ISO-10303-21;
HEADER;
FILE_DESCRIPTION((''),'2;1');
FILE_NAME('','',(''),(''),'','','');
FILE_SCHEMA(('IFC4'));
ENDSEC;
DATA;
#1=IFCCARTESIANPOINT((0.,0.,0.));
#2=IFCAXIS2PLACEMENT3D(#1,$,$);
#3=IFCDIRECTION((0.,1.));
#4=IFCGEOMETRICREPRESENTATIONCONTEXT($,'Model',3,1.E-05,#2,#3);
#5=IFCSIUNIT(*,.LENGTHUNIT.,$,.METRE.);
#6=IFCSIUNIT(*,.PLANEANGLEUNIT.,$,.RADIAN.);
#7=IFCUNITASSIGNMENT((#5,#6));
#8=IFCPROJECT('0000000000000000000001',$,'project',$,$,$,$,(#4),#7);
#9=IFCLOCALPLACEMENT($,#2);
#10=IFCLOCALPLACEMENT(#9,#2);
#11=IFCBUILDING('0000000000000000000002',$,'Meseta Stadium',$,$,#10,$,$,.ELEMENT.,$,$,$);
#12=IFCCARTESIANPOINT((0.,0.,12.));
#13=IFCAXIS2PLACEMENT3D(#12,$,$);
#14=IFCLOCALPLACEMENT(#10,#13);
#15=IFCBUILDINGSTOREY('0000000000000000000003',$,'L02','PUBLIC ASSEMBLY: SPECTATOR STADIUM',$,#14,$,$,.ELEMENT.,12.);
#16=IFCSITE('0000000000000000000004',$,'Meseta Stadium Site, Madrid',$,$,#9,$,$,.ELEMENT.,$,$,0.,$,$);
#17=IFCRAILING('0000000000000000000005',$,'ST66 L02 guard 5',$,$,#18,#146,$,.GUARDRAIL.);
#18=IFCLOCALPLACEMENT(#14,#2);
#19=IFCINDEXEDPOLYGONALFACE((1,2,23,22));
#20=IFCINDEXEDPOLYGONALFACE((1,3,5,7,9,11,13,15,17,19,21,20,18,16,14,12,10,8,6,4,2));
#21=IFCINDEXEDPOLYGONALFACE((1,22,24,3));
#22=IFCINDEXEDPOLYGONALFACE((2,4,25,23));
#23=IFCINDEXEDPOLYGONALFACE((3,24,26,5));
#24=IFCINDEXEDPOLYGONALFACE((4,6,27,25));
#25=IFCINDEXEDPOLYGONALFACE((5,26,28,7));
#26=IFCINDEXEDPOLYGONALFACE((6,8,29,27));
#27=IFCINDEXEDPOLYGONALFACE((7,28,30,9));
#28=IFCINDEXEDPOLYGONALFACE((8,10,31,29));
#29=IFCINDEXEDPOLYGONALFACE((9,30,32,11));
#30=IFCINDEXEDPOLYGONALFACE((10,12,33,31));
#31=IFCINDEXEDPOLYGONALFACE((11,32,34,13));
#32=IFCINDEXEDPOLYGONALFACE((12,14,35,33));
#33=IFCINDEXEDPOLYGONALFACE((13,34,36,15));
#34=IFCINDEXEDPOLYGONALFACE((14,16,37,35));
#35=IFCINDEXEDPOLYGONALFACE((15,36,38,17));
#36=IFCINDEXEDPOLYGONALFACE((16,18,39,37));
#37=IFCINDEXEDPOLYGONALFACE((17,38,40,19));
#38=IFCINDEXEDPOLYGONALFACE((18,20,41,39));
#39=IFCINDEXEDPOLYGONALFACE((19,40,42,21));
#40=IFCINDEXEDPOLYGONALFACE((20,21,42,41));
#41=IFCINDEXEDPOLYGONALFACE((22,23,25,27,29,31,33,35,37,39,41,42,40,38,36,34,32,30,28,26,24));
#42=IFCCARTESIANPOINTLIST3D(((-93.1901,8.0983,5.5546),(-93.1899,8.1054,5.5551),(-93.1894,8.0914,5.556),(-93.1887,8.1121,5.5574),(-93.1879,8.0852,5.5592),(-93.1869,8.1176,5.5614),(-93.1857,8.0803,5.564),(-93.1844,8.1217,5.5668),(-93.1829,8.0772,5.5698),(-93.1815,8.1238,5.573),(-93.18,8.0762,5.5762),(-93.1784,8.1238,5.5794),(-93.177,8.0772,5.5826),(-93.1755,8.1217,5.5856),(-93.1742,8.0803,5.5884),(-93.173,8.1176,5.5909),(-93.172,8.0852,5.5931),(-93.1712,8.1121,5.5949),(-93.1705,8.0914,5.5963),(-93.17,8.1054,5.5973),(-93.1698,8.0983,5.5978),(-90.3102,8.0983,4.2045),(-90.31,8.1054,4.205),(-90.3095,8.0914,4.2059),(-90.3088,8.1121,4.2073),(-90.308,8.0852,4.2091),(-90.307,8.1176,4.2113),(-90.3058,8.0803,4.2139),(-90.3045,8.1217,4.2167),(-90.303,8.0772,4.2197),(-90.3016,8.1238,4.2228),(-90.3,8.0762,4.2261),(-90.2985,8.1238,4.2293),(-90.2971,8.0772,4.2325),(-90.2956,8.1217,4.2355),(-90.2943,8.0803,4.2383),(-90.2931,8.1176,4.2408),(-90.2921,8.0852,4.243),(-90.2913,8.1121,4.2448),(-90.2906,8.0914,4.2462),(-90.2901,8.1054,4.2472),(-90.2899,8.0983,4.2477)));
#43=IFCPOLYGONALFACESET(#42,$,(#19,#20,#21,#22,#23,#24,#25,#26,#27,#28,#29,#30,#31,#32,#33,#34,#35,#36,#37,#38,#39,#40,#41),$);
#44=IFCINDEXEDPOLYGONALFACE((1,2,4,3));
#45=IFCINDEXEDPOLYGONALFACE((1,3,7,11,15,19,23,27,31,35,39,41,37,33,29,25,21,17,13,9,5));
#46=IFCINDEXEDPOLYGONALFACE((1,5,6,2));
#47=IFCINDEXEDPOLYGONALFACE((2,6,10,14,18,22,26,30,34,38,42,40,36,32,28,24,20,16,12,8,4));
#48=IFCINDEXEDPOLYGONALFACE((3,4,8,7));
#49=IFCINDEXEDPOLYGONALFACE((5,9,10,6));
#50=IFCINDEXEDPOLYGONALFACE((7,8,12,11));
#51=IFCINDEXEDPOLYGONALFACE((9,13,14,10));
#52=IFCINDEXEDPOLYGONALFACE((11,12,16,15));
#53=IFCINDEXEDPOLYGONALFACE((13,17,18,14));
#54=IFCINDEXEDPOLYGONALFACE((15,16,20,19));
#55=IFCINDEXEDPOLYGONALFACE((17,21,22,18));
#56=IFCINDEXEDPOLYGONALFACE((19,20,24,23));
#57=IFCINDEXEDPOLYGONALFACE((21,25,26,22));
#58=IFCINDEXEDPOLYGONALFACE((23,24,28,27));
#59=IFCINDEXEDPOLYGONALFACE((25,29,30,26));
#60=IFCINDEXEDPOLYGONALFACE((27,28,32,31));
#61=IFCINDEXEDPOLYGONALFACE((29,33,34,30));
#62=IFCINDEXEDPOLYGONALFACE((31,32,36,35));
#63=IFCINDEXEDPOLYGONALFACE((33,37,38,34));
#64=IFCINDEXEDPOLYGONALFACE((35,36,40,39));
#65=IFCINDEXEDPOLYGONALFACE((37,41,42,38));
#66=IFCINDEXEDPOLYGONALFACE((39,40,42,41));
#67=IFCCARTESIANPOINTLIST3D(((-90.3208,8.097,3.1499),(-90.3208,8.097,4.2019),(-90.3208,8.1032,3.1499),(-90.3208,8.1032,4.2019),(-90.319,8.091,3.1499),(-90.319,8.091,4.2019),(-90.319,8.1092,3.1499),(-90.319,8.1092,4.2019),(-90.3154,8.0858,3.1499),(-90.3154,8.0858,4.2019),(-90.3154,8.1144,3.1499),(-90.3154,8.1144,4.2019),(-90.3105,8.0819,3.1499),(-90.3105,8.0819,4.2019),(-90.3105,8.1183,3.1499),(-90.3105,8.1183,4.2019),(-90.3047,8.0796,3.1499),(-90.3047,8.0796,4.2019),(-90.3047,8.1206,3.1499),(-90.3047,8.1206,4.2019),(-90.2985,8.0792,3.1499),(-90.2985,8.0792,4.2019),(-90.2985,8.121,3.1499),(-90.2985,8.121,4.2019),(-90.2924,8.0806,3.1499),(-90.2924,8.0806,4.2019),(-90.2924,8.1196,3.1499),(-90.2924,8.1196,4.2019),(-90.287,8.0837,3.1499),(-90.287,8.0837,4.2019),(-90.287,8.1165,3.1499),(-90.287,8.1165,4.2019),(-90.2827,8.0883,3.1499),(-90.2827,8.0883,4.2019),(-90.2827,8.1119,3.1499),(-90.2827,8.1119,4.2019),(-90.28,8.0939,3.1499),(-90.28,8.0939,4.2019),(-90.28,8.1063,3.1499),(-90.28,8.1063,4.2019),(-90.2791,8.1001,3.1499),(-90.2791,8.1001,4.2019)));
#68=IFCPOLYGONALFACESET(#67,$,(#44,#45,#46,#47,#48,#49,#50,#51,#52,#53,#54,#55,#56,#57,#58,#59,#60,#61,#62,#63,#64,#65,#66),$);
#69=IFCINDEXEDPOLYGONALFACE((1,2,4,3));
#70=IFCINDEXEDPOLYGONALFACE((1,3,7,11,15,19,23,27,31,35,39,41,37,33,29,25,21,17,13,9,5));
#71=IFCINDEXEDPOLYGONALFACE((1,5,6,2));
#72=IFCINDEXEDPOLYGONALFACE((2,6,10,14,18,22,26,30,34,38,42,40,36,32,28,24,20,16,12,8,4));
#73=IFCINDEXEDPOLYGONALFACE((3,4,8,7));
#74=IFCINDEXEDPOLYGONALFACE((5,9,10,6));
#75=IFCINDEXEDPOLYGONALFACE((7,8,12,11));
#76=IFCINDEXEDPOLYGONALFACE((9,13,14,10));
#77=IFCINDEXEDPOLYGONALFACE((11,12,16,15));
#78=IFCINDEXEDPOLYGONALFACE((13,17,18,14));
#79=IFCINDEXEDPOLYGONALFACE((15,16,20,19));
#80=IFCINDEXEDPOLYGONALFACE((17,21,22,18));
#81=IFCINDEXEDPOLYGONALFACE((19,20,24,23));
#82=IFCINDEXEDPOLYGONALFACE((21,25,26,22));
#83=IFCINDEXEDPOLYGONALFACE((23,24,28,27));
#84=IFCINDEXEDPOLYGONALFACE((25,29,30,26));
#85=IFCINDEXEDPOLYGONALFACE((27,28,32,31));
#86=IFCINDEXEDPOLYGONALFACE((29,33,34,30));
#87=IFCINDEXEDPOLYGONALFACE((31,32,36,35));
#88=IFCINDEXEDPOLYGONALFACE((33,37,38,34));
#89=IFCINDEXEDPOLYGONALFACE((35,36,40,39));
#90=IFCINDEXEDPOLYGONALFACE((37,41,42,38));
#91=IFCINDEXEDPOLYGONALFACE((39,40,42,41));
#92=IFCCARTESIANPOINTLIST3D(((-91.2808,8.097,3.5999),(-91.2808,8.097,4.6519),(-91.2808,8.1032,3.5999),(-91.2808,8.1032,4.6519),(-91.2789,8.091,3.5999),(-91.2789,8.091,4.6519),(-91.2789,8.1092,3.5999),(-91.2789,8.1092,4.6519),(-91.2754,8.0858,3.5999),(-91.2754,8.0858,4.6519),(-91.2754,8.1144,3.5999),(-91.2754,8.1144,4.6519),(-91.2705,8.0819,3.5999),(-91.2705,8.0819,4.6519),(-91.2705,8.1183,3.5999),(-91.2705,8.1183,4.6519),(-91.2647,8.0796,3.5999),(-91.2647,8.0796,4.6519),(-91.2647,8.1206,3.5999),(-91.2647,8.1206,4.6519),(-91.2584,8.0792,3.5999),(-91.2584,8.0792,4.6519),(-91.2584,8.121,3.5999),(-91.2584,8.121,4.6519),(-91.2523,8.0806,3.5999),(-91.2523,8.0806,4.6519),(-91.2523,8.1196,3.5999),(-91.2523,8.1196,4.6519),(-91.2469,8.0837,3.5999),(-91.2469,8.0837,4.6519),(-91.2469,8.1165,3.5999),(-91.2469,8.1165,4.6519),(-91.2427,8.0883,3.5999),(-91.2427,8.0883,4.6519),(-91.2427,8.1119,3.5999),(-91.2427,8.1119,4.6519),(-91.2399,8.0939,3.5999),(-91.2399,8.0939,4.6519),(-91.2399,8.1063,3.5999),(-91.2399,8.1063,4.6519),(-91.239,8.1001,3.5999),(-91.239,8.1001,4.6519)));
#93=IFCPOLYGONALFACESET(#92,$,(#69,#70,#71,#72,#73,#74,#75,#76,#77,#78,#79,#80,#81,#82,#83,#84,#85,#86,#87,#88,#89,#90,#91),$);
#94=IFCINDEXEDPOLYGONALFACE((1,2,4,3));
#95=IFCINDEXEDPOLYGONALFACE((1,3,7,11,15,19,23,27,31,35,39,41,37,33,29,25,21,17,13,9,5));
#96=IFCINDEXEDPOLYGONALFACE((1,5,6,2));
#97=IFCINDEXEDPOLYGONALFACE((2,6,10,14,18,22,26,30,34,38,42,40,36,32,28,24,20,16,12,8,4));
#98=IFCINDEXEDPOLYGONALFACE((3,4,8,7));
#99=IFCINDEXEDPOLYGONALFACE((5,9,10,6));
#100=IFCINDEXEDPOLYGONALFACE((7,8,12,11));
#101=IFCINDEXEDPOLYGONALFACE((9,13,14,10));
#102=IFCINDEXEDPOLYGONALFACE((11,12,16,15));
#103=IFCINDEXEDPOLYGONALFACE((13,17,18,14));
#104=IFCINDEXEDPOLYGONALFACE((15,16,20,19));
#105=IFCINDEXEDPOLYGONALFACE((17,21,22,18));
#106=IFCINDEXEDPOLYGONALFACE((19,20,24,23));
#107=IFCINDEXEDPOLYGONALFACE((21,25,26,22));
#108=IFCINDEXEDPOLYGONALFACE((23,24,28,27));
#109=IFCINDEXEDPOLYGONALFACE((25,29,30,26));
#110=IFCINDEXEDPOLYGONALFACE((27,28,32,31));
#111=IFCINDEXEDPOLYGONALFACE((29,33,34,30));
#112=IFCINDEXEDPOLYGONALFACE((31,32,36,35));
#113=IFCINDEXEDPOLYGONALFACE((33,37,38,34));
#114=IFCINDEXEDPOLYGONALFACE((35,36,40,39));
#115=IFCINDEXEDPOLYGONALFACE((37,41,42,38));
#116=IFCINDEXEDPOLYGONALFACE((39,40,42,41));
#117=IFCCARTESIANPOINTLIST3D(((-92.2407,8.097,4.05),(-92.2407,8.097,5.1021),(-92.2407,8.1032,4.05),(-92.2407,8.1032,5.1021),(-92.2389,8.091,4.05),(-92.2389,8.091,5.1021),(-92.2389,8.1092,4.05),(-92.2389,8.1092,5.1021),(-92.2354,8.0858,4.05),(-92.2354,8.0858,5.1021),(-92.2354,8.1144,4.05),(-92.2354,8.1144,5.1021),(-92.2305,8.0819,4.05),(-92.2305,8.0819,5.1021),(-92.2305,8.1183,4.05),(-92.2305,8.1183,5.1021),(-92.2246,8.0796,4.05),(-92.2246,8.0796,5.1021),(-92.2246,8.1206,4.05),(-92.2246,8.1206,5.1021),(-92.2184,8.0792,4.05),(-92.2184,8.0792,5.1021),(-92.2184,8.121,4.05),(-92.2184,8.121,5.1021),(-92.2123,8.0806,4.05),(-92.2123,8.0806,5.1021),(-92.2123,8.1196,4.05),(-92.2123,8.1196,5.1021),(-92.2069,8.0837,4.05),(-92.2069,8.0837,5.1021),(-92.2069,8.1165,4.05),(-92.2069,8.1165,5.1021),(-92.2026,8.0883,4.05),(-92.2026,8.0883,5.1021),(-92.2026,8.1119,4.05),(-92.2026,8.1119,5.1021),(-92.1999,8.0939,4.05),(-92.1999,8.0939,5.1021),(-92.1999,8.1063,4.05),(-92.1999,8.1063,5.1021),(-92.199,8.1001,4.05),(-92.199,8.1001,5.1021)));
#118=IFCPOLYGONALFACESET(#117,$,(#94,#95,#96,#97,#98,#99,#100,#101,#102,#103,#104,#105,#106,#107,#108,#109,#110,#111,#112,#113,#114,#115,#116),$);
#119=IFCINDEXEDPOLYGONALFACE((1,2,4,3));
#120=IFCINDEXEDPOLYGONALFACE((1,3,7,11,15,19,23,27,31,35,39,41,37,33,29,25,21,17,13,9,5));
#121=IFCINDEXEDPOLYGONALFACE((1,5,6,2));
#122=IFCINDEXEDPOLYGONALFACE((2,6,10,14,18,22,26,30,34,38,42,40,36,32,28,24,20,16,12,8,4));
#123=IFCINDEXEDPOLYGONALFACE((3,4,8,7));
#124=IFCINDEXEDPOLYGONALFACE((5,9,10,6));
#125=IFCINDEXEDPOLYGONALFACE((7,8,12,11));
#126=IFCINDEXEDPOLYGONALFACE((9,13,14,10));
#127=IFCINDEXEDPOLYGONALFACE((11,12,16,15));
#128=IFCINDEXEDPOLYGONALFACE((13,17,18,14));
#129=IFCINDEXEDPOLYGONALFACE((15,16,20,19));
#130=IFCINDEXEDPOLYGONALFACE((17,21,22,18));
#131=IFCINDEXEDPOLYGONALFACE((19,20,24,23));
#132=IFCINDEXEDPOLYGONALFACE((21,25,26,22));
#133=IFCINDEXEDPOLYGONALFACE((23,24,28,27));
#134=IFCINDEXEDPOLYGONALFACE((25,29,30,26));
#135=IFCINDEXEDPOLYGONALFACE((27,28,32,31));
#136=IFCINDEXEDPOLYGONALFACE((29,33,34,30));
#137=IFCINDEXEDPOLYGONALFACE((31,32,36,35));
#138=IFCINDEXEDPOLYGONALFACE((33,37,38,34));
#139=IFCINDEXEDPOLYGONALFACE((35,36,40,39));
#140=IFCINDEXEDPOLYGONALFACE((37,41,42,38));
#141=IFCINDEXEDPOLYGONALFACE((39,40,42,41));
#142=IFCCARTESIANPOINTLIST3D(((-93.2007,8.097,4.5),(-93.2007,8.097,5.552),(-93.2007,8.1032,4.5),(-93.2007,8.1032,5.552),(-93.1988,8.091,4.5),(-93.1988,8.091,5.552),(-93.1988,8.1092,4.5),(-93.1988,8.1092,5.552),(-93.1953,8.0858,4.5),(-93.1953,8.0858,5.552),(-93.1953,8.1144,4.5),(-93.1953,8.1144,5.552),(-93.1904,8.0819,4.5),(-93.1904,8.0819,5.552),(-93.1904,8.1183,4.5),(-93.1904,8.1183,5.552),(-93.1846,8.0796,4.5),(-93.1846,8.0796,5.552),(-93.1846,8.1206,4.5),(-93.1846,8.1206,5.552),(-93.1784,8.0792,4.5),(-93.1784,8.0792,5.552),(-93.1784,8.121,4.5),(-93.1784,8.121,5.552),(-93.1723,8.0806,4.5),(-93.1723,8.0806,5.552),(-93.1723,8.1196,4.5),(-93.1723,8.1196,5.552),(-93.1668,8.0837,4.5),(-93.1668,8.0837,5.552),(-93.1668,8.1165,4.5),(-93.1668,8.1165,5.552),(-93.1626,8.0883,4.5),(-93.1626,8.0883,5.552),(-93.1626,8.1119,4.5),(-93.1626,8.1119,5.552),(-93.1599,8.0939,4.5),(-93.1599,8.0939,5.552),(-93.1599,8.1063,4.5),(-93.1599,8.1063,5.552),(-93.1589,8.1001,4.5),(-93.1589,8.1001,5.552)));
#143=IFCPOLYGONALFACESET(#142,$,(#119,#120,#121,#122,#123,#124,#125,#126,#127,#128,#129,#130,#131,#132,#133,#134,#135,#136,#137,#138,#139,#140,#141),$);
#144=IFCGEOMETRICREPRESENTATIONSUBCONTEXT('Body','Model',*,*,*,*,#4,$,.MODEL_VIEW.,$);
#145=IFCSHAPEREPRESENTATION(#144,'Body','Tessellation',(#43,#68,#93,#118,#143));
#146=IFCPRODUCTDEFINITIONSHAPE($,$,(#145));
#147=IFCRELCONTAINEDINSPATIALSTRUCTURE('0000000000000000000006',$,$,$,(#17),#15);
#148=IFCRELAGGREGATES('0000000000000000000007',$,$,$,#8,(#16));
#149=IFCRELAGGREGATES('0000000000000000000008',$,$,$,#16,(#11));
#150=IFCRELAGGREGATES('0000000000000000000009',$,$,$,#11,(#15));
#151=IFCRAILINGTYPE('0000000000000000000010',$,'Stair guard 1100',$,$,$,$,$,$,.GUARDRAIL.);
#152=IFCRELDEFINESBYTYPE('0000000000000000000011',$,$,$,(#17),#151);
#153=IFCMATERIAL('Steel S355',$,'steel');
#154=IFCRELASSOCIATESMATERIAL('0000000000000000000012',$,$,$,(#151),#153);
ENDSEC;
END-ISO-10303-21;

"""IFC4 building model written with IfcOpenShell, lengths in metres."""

from ifc_helpers import new_model, si_unit, direction, frame, origin, origin_2d, place, context, subcontext, project, spatial, circle, extrude, material, type_object, element, save


model = new_model("IFC4")

# Units and contexts
model_context = context("Model", 3, precision=1e-05, world=origin(), true_north=direction((0.0, 1.0)))
body_context = subcontext(model_context, "Body", "Model", "MODEL_VIEW")
ifc_project = project(units=[si_unit("LENGTHUNIT", "METRE"), si_unit("PLANEANGLEUNIT", "RADIAN")], contexts=[model_context])

# Site, building, storey
site_placement = place(None, origin())
site = spatial("IfcSite", under=ifc_project, at=site_placement, Name="Meseta Stadium Site, Madrid", CompositionType="ELEMENT", RefElevation=0.0)
building_placement = place(site_placement, origin())
building = spatial("IfcBuilding", under=site, at=building_placement, Name="Meseta Stadium", CompositionType="ELEMENT")
storey_placement = place(building_placement, frame((0.0, 0.0, 12.0)))
storey = spatial("IfcBuildingStorey", under=building, at=storey_placement, Name="L02", Description="PUBLIC ASSEMBLY: SPECTATOR STADIUM", CompositionType="ELEMENT", Elevation=12.0)

# Railing
ifc_material_1 = material(Name="Steel S355", Category="steel")
railing_type_1 = type_object("IfcRailingType", Name="Stair guard 1100", PredefinedType="GUARDRAIL", material=ifc_material_1)
railing_1_placement = place(storey_placement, frame((-90.3, 8.1001, 3.1499)))
element("IfcRailing", 1, at=railing_1_placement, inside=storey, type_object=railing_type_1, Name="ST66 L02 guard 5", PredefinedType="GUARDRAIL", context=body_context, shape_type="SweptSolid", body=[
    extrude(circle(Radius=0.0239, at=origin_2d()), frame((0.0, 0.0, 1.0762), z_axis=(-0.90544, 0.0, 0.424473), x_axis=(0.0, -1.0, 0.0)), (0.0, 0.0, 1.0), 3.1807),
    extrude(circle(Radius=0.021, at=origin_2d()), origin(), (0.0, 0.0, 1.0), 1.052),
    extrude(circle(Radius=0.021, at=origin_2d()), frame((-0.96, 0.0, 0.45)), (0.0, 0.0, 1.0), 1.052),
    extrude(circle(Radius=0.021, at=origin_2d()), frame((-1.9199, 0.0, 0.9001)), (0.0, 0.0, 1.0), 1.052),
    extrude(circle(Radius=0.021, at=origin_2d()), frame((-2.8799, 0.0, 1.3501)), (0.0, 0.0, 1.0), 1.052),
])

save(model, "model.ifc")
